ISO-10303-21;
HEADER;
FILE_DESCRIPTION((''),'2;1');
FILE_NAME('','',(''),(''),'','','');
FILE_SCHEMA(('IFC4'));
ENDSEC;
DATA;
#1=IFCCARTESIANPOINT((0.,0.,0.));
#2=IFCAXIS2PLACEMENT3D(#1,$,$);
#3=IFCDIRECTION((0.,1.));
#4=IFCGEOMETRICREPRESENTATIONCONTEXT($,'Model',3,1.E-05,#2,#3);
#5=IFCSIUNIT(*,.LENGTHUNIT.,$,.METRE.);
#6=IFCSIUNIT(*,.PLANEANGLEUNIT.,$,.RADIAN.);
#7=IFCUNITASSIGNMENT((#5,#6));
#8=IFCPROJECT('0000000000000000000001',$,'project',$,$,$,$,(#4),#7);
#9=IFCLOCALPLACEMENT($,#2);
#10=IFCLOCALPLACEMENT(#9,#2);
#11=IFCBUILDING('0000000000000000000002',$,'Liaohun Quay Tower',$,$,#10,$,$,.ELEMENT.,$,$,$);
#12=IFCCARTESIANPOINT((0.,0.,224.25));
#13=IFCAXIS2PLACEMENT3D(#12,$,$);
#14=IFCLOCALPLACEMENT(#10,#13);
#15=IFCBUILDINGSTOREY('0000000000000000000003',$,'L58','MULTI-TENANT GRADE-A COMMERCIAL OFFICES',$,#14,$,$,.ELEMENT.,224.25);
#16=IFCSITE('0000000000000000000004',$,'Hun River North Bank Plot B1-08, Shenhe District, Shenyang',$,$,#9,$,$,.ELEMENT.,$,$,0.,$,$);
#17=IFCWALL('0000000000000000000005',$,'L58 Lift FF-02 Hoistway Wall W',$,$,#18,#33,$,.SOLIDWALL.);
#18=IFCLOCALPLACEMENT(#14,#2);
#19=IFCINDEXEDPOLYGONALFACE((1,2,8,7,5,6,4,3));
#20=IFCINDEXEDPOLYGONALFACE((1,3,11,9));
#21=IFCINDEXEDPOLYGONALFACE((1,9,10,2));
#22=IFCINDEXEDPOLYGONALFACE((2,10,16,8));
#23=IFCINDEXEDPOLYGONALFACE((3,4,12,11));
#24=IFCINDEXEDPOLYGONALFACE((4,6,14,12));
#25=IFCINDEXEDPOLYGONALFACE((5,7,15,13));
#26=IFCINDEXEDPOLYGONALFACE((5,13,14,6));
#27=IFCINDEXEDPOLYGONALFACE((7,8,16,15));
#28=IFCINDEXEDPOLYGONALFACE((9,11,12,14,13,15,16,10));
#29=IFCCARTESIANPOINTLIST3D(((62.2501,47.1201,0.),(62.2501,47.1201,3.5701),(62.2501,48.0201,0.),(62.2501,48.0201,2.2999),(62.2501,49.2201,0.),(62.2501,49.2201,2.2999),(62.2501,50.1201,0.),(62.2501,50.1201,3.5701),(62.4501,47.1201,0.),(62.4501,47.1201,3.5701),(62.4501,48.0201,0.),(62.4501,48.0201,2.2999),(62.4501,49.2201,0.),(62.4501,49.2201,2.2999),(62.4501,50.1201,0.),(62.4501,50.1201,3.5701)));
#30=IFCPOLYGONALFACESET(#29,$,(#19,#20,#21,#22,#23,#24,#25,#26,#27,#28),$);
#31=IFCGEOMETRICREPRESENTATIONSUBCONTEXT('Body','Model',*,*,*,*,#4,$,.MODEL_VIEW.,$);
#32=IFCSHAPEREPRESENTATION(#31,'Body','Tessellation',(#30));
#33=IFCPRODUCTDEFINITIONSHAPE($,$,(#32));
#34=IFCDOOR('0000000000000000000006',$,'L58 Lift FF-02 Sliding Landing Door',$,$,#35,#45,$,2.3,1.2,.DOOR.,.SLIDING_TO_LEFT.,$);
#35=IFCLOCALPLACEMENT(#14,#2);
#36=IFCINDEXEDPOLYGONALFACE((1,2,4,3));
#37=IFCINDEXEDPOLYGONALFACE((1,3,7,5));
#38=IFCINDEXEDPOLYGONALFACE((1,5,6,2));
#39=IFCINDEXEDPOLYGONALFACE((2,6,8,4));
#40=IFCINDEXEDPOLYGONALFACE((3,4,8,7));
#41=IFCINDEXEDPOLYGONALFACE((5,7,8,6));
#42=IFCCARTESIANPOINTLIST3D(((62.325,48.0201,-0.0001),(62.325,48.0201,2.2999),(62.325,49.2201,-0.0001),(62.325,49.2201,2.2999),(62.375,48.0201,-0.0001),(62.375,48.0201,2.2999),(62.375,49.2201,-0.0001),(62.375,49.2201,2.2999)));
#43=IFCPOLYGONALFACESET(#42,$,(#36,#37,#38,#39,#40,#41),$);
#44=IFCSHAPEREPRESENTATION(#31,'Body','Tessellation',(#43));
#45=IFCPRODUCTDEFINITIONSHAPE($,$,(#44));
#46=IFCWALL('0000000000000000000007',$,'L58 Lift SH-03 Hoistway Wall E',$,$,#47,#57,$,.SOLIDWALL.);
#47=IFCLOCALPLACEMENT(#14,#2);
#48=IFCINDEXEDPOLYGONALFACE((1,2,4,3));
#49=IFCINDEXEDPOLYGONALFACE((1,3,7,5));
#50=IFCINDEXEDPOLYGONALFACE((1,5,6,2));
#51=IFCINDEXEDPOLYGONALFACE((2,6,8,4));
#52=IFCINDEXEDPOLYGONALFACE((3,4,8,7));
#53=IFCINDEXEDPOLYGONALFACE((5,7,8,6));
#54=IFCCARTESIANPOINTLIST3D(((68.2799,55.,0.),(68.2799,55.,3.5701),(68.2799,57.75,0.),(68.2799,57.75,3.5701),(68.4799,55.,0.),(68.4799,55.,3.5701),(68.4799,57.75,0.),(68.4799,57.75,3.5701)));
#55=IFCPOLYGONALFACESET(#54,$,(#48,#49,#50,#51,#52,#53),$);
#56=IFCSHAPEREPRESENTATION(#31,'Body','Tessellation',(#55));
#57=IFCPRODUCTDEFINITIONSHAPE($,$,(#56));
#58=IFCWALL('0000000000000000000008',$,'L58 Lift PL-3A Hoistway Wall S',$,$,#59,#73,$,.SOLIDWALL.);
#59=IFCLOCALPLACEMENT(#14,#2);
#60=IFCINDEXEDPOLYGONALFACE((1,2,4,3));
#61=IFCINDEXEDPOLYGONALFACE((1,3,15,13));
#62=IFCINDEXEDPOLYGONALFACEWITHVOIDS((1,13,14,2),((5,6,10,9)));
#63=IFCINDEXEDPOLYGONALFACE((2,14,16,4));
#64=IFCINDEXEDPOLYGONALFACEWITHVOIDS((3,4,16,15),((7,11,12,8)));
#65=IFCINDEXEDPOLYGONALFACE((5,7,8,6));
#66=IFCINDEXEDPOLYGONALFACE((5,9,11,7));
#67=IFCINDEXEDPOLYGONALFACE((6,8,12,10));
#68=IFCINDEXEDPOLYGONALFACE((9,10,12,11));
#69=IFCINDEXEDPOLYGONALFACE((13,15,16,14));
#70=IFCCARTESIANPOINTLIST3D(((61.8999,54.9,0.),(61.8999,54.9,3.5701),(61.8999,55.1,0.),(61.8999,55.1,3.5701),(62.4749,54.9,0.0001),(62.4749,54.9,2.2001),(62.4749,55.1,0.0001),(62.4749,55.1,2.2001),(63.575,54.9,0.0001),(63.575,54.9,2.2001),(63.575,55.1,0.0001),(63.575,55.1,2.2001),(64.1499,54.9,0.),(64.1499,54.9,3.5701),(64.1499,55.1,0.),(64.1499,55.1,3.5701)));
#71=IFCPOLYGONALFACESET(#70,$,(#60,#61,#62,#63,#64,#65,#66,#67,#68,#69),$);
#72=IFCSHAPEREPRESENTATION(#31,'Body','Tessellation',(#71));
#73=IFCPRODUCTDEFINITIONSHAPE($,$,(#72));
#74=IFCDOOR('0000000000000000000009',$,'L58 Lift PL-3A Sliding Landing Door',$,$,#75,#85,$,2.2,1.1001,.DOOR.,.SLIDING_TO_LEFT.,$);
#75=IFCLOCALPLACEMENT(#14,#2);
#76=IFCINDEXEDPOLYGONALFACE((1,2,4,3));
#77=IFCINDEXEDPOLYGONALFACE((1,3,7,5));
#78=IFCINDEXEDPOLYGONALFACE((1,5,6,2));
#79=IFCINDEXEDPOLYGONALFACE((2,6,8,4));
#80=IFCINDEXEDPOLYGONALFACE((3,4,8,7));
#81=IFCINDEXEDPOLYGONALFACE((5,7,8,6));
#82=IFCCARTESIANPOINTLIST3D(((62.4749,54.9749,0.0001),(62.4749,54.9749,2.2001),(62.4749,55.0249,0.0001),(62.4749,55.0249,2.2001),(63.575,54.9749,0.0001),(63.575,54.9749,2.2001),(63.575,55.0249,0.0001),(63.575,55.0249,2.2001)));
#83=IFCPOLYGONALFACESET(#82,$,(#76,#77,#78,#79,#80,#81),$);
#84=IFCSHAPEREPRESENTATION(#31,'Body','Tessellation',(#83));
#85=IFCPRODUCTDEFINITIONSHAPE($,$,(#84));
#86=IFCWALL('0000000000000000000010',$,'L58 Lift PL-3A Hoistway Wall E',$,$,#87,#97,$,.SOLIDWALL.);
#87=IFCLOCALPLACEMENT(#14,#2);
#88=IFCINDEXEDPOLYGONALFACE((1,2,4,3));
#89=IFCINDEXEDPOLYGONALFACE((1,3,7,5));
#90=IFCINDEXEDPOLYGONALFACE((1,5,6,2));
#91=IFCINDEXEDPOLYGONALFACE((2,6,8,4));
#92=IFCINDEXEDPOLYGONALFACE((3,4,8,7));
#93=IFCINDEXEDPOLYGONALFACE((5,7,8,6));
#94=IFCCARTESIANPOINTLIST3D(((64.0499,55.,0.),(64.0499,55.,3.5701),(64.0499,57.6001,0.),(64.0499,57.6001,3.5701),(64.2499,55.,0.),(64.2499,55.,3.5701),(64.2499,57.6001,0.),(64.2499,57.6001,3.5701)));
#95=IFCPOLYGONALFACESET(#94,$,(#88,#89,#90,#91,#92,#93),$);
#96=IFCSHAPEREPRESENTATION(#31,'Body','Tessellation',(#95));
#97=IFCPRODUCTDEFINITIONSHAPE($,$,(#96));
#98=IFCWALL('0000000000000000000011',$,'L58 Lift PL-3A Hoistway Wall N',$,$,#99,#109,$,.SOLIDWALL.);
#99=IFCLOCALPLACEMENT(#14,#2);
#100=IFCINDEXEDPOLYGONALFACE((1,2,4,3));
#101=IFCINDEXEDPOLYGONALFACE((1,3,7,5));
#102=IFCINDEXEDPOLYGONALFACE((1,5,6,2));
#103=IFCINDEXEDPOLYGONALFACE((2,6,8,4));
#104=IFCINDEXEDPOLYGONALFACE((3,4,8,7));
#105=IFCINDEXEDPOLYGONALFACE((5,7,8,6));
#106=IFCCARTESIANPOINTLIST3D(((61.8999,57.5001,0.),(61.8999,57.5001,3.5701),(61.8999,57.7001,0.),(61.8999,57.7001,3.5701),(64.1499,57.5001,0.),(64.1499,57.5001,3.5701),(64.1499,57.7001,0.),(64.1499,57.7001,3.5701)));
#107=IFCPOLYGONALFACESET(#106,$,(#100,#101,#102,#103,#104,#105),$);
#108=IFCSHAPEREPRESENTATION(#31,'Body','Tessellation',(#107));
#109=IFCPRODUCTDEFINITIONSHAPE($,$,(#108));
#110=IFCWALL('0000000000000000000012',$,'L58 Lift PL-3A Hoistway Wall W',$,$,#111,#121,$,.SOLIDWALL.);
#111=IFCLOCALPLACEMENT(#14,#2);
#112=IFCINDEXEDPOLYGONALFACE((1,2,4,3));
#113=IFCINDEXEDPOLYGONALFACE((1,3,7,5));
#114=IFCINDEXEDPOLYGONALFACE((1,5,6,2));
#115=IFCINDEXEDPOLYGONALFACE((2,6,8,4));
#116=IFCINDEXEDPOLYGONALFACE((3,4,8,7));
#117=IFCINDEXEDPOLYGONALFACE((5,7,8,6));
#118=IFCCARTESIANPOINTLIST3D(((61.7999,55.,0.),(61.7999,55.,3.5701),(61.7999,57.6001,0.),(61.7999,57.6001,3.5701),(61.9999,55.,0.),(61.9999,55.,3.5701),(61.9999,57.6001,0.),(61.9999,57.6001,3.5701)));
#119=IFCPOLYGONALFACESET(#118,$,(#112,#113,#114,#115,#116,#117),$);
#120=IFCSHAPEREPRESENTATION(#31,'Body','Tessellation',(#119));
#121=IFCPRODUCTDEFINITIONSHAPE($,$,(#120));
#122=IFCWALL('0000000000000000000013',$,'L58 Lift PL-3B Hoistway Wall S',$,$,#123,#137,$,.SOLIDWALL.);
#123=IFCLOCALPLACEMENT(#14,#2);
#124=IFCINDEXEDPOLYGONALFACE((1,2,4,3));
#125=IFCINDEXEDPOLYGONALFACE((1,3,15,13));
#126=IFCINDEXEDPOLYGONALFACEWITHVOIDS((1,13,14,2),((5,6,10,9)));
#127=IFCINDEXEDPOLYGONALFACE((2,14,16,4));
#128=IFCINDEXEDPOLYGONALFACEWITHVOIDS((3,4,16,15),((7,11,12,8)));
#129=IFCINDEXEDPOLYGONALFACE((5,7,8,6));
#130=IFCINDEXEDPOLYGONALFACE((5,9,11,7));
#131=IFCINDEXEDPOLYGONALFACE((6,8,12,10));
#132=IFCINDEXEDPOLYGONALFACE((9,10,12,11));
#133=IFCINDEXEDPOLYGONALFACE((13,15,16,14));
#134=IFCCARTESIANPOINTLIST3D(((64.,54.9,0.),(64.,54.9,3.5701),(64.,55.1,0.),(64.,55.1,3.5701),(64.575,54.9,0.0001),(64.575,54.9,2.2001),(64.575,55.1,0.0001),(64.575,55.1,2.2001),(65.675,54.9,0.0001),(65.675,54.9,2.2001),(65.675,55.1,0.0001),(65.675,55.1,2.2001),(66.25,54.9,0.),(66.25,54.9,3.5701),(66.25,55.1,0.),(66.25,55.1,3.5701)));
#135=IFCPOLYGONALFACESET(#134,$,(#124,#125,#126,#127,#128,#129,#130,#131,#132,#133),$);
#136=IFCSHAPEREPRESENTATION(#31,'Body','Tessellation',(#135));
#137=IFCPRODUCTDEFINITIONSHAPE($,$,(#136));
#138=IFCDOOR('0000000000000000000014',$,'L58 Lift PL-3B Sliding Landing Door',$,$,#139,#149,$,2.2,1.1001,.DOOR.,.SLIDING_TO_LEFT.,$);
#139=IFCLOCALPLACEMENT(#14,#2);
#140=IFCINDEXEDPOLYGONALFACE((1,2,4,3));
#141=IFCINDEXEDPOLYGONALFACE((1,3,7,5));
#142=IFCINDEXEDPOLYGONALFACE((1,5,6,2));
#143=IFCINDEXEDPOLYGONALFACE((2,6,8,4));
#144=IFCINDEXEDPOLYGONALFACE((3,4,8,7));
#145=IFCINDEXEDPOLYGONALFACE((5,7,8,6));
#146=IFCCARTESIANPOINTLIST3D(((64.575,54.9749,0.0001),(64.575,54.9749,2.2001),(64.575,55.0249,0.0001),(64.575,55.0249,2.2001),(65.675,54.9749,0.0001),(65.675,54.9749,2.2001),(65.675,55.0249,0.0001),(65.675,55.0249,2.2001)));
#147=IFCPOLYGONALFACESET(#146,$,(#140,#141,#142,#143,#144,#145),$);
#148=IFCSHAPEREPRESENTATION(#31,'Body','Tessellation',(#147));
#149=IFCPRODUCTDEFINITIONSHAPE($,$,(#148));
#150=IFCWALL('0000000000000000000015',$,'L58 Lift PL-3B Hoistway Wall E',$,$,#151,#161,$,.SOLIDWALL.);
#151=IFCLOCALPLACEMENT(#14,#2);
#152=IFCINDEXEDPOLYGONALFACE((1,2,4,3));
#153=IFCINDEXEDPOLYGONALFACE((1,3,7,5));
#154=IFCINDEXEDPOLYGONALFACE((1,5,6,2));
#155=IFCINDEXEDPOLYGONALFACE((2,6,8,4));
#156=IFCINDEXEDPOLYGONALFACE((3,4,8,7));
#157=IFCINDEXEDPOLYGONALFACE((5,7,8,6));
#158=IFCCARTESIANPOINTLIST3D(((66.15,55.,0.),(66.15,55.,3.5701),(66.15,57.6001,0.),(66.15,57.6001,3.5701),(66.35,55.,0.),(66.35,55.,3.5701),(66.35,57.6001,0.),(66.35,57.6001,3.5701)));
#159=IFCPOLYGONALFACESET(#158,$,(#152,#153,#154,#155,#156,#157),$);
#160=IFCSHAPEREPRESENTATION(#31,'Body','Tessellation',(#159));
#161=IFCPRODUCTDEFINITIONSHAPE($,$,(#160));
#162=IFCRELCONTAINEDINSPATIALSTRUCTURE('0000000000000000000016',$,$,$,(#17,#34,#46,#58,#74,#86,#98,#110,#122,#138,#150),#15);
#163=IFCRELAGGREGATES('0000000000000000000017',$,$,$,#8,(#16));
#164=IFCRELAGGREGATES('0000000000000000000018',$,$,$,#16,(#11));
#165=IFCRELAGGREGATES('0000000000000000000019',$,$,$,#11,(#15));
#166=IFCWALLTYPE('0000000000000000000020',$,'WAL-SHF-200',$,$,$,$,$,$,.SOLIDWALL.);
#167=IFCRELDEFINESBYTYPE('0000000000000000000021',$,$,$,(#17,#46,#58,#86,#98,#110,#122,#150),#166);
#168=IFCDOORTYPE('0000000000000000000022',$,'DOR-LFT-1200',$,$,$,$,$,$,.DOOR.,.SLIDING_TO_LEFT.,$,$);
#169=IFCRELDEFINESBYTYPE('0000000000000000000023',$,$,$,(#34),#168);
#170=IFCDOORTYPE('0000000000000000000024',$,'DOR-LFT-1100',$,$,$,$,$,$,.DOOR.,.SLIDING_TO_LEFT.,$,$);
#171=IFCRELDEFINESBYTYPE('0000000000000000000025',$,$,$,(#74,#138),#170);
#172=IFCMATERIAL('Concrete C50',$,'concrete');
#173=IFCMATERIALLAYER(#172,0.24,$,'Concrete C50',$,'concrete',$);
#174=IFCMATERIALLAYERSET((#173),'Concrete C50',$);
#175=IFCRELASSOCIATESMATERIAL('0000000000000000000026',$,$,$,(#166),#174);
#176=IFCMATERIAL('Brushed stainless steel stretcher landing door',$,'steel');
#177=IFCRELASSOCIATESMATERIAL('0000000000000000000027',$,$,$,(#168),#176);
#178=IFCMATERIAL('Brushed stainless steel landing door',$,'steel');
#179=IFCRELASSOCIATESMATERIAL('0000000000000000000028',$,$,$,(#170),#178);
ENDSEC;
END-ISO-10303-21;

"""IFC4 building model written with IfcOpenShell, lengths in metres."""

from ifc_helpers import new_model, si_unit, direction, frame, frame_2d, origin, place, context, subcontext, project, spatial, rectangle, extrude, source, transform, mapped, material, layer, layer_set, type_object, element, fill, save


model = new_model("IFC4")

# Units and contexts
model_context = context("Model", 3, precision=1e-05, world=origin(), true_north=direction((0.0, 1.0)))
body_context = subcontext(model_context, "Body", "Model", "MODEL_VIEW")
ifc_project = project(units=[si_unit("LENGTHUNIT", "METRE"), si_unit("PLANEANGLEUNIT", "RADIAN")], contexts=[model_context])

# Site, building, storey
site_placement = place(None, origin())
site = spatial("IfcSite", under=ifc_project, at=site_placement, Name="Hun River North Bank Plot B1-08, Shenhe District, Shenyang", CompositionType="ELEMENT", RefElevation=0.0)
building_placement = place(site_placement, origin())
building = spatial("IfcBuilding", under=site, at=building_placement, Name="Liaohun Quay Tower", CompositionType="ELEMENT")
storey_placement = place(building_placement, frame((0.0, 0.0, 224.25)))
storey = spatial("IfcBuildingStorey", under=building, at=storey_placement, Name="L58", Description="MULTI-TENANT GRADE-A COMMERCIAL OFFICES", CompositionType="ELEMENT", Elevation=224.25)

# Shared definitions
ifc_material_1 = material(Name="Concrete C50", Category="concrete")
ifc_layer_1 = layer(ifc_material_1, 0.24, Name="Concrete C50", Category="concrete")
ifc_layer_set_1 = layer_set([ifc_layer_1], Name="Concrete C50")
wall_type_1 = type_object("IfcWallType", Name="WAL-SHF-200", PredefinedType="SOLIDWALL", material=ifc_layer_set_1)

# Wall, opening, door
wall_1_placement = place(storey_placement, frame((62.3501, 50.1201, 0.0), z_axis=(0.0, 0.0, 1.0), x_axis=(0.0, -1.0, 0.0)))
wall_1 = element("IfcWall", 1, at=wall_1_placement, inside=storey, type_object=wall_type_1, Name="L58 Lift FF-02 Hoistway Wall W", PredefinedType="SOLIDWALL", context=body_context, shape_type="SweptSolid", body=[
    extrude(rectangle(XDim=3.0, YDim=0.2, at=frame_2d((1.5, 0.0))), origin(), (0.0, 0.0, 1.0), 3.5701),
])
shared_shape_1 = source(origin(), body_context, "Body", "SweptSolid", [
    extrude(rectangle(XDim=1.2, YDim=2.3, at=frame_2d((0.6001, 1.1499))), frame((0.0, 0.1099, 0.0), z_axis=(0.0, -1.0, 0.0), x_axis=(1.0, 0.0, 0.0)), (0.0, 0.0, 1.0), 0.22),
])
opening_1_placement = place(wall_1_placement, frame((0.8999, 0.0, 0.0)))
opening_1 = element("IfcOpeningElement", 2, at=opening_1_placement, cuts=wall_1, PredefinedType="OPENING", context=body_context, shape_type="MappedRepresentation", body=[
    mapped(shared_shape_1, transform((0.0, 0.0, 0.0), x_axis=(1.0, 0.0, 0.0), y_axis=(0.0, 1.0, 0.0), z_axis=(0.0, 0.0, 1.0), scale=1.0)),
])
ifc_material_2 = material(Name="Brushed stainless steel stretcher landing door", Category="steel")
door_type_1 = type_object("IfcDoorType", Name="DOR-LFT-1200", OperationType="SLIDING_TO_LEFT", PredefinedType="DOOR", material=ifc_material_2)
shared_shape_2 = source(origin(), body_context, "Body", "SweptSolid", [
    extrude(rectangle(XDim=1.2, YDim=2.3, at=frame_2d((0.6001, 1.1499))), frame((0.0, 0.0249, 0.0), z_axis=(0.0, -1.0, 0.0), x_axis=(1.0, 0.0, 0.0)), (0.0, 0.0, 1.0), 0.05),
])
door_1_placement = place(opening_1_placement, origin())
door_1 = element("IfcDoor", 3, at=door_1_placement, inside=storey, type_object=door_type_1, Name="L58 Lift FF-02 Sliding Landing Door", OperationType="SLIDING_TO_LEFT", OverallHeight=2.3, OverallWidth=1.2, PredefinedType="DOOR", context=body_context, shape_type="MappedRepresentation", body=[
    mapped(shared_shape_2, transform((0.0, 0.0, 0.0), x_axis=(1.0, 0.0, 0.0), y_axis=(0.0, 1.0, 0.0), z_axis=(0.0, 0.0, 1.0), scale=1.0)),
])
fill(opening_1, door_1)

# Wall
wall_2_placement = place(storey_placement, frame((68.3799, 55.0, 0.0), z_axis=(0.0, 0.0, 1.0), x_axis=(0.0, 1.0, 0.0)))
element("IfcWall", 4, at=wall_2_placement, inside=storey, type_object=wall_type_1, Name="L58 Lift SH-03 Hoistway Wall E", PredefinedType="SOLIDWALL", context=body_context, shape_type="SweptSolid", body=[
    extrude(rectangle(XDim=2.75, YDim=0.2, at=frame_2d((1.375, 0.0))), origin(), (0.0, 0.0, 1.0), 3.5701),
])

# Wall, opening, door
wall_3_placement = place(storey_placement, frame((61.8999, 55.0, 0.0), z_axis=(0.0, 0.0, 1.0), x_axis=(1.0, 0.0, 0.0)))
wall_3 = element("IfcWall", 5, at=wall_3_placement, inside=storey, type_object=wall_type_1, Name="L58 Lift PL-3A Hoistway Wall S", PredefinedType="SOLIDWALL", context=body_context, shape_type="SweptSolid", body=[
    extrude(rectangle(XDim=2.25, YDim=0.2, at=frame_2d((1.125, 0.0))), origin(), (0.0, 0.0, 1.0), 3.5701),
])
shared_shape_3 = source(origin(), body_context, "Body", "SweptSolid", [
    extrude(rectangle(XDim=1.1001, YDim=2.2, at=frame_2d((0.55, 1.1001))), frame((0.0, 0.1099, 0.0), z_axis=(0.0, -1.0, 0.0), x_axis=(1.0, 0.0, 0.0)), (0.0, 0.0, 1.0), 0.22),
])
opening_2_placement = place(wall_3_placement, frame((0.575, 0.0, 0.0)))
opening_2 = element("IfcOpeningElement", 6, at=opening_2_placement, cuts=wall_3, PredefinedType="OPENING", context=body_context, shape_type="MappedRepresentation", body=[
    mapped(shared_shape_3, transform((0.0, 0.0, 0.0), x_axis=(1.0, 0.0, 0.0), y_axis=(0.0, 1.0, 0.0), z_axis=(0.0, 0.0, 1.0), scale=1.0)),
])
ifc_material_3 = material(Name="Brushed stainless steel landing door", Category="steel")
door_type_2 = type_object("IfcDoorType", Name="DOR-LFT-1100", OperationType="SLIDING_TO_LEFT", PredefinedType="DOOR", material=ifc_material_3)
shared_shape_4 = source(origin(), body_context, "Body", "SweptSolid", [
    extrude(rectangle(XDim=1.1001, YDim=2.2, at=frame_2d((0.55, 1.1001))), frame((0.0, 0.0249, 0.0), z_axis=(0.0, -1.0, 0.0), x_axis=(1.0, 0.0, 0.0)), (0.0, 0.0, 1.0), 0.05),
])
door_2_placement = place(opening_2_placement, origin())
door_2 = element("IfcDoor", 7, at=door_2_placement, inside=storey, type_object=door_type_2, Name="L58 Lift PL-3A Sliding Landing Door", OperationType="SLIDING_TO_LEFT", OverallHeight=2.2, OverallWidth=1.1001, PredefinedType="DOOR", context=body_context, shape_type="MappedRepresentation", body=[
    mapped(shared_shape_4, transform((0.0, 0.0, 0.0), x_axis=(1.0, 0.0, 0.0), y_axis=(0.0, 1.0, 0.0), z_axis=(0.0, 0.0, 1.0), scale=1.0)),
])
fill(opening_2, door_2)

# Walls
wall_4_placement = place(storey_placement, frame((64.1499, 55.0, 0.0), z_axis=(0.0, 0.0, 1.0), x_axis=(0.0, 1.0, 0.0)))
element("IfcWall", 8, at=wall_4_placement, inside=storey, type_object=wall_type_1, Name="L58 Lift PL-3A Hoistway Wall E", PredefinedType="SOLIDWALL", context=body_context, shape_type="SweptSolid", body=[
    extrude(rectangle(XDim=2.6001, YDim=0.2, at=frame_2d((1.3, 0.0))), origin(), (0.0, 0.0, 1.0), 3.5701),
])
wall_5_placement = place(storey_placement, frame((64.1499, 57.6001, 0.0), z_axis=(0.0, 0.0, 1.0), x_axis=(-1.0, 0.0, 0.0)))
element("IfcWall", 9, at=wall_5_placement, inside=storey, type_object=wall_type_1, Name="L58 Lift PL-3A Hoistway Wall N", PredefinedType="SOLIDWALL", context=body_context, shape_type="SweptSolid", body=[
    extrude(rectangle(XDim=2.25, YDim=0.2, at=frame_2d((1.125, 0.0))), origin(), (0.0, 0.0, 1.0), 3.5701),
])
wall_6_placement = place(storey_placement, frame((61.8999, 57.6001, 0.0), z_axis=(0.0, 0.0, 1.0), x_axis=(0.0, -1.0, 0.0)))
element("IfcWall", 10, at=wall_6_placement, inside=storey, type_object=wall_type_1, Name="L58 Lift PL-3A Hoistway Wall W", PredefinedType="SOLIDWALL", context=body_context, shape_type="SweptSolid", body=[
    extrude(rectangle(XDim=2.6001, YDim=0.2, at=frame_2d((1.3, 0.0))), origin(), (0.0, 0.0, 1.0), 3.5701),
])

# Wall, opening, door
wall_7_placement = place(storey_placement, frame((64.0, 55.0, 0.0), z_axis=(0.0, 0.0, 1.0), x_axis=(1.0, 0.0, 0.0)))
wall_7 = element("IfcWall", 11, at=wall_7_placement, inside=storey, type_object=wall_type_1, Name="L58 Lift PL-3B Hoistway Wall S", PredefinedType="SOLIDWALL", context=body_context, shape_type="SweptSolid", body=[
    extrude(rectangle(XDim=2.25, YDim=0.2, at=frame_2d((1.125, 0.0))), origin(), (0.0, 0.0, 1.0), 3.5701),
])
opening_3_placement = place(wall_7_placement, frame((0.575, 0.0, 0.0)))
opening_3 = element("IfcOpeningElement", 12, at=opening_3_placement, cuts=wall_7, PredefinedType="OPENING", context=body_context, shape_type="MappedRepresentation", body=[
    mapped(shared_shape_3, transform((0.0, 0.0, 0.0), x_axis=(1.0, 0.0, 0.0), y_axis=(0.0, 1.0, 0.0), z_axis=(0.0, 0.0, 1.0), scale=1.0)),
])
door_3_placement = place(opening_3_placement, origin())
door_3 = element("IfcDoor", 13, at=door_3_placement, inside=storey, type_object=door_type_2, Name="L58 Lift PL-3B Sliding Landing Door", OperationType="SLIDING_TO_LEFT", OverallHeight=2.2, OverallWidth=1.1001, PredefinedType="DOOR", context=body_context, shape_type="MappedRepresentation", body=[
    mapped(shared_shape_4, transform((0.0, 0.0, 0.0), x_axis=(1.0, 0.0, 0.0), y_axis=(0.0, 1.0, 0.0), z_axis=(0.0, 0.0, 1.0), scale=1.0)),
])
fill(opening_3, door_3)

# Wall
wall_8_placement = place(storey_placement, frame((66.25, 55.0, 0.0), z_axis=(0.0, 0.0, 1.0), x_axis=(0.0, 1.0, 0.0)))
element("IfcWall", 14, at=wall_8_placement, inside=storey, type_object=wall_type_1, Name="L58 Lift PL-3B Hoistway Wall E", PredefinedType="SOLIDWALL", context=body_context, shape_type="SweptSolid", body=[
    extrude(rectangle(XDim=2.6001, YDim=0.2, at=frame_2d((1.3, 0.0))), origin(), (0.0, 0.0, 1.0), 3.5701),
])

save(model, "model.ifc")
